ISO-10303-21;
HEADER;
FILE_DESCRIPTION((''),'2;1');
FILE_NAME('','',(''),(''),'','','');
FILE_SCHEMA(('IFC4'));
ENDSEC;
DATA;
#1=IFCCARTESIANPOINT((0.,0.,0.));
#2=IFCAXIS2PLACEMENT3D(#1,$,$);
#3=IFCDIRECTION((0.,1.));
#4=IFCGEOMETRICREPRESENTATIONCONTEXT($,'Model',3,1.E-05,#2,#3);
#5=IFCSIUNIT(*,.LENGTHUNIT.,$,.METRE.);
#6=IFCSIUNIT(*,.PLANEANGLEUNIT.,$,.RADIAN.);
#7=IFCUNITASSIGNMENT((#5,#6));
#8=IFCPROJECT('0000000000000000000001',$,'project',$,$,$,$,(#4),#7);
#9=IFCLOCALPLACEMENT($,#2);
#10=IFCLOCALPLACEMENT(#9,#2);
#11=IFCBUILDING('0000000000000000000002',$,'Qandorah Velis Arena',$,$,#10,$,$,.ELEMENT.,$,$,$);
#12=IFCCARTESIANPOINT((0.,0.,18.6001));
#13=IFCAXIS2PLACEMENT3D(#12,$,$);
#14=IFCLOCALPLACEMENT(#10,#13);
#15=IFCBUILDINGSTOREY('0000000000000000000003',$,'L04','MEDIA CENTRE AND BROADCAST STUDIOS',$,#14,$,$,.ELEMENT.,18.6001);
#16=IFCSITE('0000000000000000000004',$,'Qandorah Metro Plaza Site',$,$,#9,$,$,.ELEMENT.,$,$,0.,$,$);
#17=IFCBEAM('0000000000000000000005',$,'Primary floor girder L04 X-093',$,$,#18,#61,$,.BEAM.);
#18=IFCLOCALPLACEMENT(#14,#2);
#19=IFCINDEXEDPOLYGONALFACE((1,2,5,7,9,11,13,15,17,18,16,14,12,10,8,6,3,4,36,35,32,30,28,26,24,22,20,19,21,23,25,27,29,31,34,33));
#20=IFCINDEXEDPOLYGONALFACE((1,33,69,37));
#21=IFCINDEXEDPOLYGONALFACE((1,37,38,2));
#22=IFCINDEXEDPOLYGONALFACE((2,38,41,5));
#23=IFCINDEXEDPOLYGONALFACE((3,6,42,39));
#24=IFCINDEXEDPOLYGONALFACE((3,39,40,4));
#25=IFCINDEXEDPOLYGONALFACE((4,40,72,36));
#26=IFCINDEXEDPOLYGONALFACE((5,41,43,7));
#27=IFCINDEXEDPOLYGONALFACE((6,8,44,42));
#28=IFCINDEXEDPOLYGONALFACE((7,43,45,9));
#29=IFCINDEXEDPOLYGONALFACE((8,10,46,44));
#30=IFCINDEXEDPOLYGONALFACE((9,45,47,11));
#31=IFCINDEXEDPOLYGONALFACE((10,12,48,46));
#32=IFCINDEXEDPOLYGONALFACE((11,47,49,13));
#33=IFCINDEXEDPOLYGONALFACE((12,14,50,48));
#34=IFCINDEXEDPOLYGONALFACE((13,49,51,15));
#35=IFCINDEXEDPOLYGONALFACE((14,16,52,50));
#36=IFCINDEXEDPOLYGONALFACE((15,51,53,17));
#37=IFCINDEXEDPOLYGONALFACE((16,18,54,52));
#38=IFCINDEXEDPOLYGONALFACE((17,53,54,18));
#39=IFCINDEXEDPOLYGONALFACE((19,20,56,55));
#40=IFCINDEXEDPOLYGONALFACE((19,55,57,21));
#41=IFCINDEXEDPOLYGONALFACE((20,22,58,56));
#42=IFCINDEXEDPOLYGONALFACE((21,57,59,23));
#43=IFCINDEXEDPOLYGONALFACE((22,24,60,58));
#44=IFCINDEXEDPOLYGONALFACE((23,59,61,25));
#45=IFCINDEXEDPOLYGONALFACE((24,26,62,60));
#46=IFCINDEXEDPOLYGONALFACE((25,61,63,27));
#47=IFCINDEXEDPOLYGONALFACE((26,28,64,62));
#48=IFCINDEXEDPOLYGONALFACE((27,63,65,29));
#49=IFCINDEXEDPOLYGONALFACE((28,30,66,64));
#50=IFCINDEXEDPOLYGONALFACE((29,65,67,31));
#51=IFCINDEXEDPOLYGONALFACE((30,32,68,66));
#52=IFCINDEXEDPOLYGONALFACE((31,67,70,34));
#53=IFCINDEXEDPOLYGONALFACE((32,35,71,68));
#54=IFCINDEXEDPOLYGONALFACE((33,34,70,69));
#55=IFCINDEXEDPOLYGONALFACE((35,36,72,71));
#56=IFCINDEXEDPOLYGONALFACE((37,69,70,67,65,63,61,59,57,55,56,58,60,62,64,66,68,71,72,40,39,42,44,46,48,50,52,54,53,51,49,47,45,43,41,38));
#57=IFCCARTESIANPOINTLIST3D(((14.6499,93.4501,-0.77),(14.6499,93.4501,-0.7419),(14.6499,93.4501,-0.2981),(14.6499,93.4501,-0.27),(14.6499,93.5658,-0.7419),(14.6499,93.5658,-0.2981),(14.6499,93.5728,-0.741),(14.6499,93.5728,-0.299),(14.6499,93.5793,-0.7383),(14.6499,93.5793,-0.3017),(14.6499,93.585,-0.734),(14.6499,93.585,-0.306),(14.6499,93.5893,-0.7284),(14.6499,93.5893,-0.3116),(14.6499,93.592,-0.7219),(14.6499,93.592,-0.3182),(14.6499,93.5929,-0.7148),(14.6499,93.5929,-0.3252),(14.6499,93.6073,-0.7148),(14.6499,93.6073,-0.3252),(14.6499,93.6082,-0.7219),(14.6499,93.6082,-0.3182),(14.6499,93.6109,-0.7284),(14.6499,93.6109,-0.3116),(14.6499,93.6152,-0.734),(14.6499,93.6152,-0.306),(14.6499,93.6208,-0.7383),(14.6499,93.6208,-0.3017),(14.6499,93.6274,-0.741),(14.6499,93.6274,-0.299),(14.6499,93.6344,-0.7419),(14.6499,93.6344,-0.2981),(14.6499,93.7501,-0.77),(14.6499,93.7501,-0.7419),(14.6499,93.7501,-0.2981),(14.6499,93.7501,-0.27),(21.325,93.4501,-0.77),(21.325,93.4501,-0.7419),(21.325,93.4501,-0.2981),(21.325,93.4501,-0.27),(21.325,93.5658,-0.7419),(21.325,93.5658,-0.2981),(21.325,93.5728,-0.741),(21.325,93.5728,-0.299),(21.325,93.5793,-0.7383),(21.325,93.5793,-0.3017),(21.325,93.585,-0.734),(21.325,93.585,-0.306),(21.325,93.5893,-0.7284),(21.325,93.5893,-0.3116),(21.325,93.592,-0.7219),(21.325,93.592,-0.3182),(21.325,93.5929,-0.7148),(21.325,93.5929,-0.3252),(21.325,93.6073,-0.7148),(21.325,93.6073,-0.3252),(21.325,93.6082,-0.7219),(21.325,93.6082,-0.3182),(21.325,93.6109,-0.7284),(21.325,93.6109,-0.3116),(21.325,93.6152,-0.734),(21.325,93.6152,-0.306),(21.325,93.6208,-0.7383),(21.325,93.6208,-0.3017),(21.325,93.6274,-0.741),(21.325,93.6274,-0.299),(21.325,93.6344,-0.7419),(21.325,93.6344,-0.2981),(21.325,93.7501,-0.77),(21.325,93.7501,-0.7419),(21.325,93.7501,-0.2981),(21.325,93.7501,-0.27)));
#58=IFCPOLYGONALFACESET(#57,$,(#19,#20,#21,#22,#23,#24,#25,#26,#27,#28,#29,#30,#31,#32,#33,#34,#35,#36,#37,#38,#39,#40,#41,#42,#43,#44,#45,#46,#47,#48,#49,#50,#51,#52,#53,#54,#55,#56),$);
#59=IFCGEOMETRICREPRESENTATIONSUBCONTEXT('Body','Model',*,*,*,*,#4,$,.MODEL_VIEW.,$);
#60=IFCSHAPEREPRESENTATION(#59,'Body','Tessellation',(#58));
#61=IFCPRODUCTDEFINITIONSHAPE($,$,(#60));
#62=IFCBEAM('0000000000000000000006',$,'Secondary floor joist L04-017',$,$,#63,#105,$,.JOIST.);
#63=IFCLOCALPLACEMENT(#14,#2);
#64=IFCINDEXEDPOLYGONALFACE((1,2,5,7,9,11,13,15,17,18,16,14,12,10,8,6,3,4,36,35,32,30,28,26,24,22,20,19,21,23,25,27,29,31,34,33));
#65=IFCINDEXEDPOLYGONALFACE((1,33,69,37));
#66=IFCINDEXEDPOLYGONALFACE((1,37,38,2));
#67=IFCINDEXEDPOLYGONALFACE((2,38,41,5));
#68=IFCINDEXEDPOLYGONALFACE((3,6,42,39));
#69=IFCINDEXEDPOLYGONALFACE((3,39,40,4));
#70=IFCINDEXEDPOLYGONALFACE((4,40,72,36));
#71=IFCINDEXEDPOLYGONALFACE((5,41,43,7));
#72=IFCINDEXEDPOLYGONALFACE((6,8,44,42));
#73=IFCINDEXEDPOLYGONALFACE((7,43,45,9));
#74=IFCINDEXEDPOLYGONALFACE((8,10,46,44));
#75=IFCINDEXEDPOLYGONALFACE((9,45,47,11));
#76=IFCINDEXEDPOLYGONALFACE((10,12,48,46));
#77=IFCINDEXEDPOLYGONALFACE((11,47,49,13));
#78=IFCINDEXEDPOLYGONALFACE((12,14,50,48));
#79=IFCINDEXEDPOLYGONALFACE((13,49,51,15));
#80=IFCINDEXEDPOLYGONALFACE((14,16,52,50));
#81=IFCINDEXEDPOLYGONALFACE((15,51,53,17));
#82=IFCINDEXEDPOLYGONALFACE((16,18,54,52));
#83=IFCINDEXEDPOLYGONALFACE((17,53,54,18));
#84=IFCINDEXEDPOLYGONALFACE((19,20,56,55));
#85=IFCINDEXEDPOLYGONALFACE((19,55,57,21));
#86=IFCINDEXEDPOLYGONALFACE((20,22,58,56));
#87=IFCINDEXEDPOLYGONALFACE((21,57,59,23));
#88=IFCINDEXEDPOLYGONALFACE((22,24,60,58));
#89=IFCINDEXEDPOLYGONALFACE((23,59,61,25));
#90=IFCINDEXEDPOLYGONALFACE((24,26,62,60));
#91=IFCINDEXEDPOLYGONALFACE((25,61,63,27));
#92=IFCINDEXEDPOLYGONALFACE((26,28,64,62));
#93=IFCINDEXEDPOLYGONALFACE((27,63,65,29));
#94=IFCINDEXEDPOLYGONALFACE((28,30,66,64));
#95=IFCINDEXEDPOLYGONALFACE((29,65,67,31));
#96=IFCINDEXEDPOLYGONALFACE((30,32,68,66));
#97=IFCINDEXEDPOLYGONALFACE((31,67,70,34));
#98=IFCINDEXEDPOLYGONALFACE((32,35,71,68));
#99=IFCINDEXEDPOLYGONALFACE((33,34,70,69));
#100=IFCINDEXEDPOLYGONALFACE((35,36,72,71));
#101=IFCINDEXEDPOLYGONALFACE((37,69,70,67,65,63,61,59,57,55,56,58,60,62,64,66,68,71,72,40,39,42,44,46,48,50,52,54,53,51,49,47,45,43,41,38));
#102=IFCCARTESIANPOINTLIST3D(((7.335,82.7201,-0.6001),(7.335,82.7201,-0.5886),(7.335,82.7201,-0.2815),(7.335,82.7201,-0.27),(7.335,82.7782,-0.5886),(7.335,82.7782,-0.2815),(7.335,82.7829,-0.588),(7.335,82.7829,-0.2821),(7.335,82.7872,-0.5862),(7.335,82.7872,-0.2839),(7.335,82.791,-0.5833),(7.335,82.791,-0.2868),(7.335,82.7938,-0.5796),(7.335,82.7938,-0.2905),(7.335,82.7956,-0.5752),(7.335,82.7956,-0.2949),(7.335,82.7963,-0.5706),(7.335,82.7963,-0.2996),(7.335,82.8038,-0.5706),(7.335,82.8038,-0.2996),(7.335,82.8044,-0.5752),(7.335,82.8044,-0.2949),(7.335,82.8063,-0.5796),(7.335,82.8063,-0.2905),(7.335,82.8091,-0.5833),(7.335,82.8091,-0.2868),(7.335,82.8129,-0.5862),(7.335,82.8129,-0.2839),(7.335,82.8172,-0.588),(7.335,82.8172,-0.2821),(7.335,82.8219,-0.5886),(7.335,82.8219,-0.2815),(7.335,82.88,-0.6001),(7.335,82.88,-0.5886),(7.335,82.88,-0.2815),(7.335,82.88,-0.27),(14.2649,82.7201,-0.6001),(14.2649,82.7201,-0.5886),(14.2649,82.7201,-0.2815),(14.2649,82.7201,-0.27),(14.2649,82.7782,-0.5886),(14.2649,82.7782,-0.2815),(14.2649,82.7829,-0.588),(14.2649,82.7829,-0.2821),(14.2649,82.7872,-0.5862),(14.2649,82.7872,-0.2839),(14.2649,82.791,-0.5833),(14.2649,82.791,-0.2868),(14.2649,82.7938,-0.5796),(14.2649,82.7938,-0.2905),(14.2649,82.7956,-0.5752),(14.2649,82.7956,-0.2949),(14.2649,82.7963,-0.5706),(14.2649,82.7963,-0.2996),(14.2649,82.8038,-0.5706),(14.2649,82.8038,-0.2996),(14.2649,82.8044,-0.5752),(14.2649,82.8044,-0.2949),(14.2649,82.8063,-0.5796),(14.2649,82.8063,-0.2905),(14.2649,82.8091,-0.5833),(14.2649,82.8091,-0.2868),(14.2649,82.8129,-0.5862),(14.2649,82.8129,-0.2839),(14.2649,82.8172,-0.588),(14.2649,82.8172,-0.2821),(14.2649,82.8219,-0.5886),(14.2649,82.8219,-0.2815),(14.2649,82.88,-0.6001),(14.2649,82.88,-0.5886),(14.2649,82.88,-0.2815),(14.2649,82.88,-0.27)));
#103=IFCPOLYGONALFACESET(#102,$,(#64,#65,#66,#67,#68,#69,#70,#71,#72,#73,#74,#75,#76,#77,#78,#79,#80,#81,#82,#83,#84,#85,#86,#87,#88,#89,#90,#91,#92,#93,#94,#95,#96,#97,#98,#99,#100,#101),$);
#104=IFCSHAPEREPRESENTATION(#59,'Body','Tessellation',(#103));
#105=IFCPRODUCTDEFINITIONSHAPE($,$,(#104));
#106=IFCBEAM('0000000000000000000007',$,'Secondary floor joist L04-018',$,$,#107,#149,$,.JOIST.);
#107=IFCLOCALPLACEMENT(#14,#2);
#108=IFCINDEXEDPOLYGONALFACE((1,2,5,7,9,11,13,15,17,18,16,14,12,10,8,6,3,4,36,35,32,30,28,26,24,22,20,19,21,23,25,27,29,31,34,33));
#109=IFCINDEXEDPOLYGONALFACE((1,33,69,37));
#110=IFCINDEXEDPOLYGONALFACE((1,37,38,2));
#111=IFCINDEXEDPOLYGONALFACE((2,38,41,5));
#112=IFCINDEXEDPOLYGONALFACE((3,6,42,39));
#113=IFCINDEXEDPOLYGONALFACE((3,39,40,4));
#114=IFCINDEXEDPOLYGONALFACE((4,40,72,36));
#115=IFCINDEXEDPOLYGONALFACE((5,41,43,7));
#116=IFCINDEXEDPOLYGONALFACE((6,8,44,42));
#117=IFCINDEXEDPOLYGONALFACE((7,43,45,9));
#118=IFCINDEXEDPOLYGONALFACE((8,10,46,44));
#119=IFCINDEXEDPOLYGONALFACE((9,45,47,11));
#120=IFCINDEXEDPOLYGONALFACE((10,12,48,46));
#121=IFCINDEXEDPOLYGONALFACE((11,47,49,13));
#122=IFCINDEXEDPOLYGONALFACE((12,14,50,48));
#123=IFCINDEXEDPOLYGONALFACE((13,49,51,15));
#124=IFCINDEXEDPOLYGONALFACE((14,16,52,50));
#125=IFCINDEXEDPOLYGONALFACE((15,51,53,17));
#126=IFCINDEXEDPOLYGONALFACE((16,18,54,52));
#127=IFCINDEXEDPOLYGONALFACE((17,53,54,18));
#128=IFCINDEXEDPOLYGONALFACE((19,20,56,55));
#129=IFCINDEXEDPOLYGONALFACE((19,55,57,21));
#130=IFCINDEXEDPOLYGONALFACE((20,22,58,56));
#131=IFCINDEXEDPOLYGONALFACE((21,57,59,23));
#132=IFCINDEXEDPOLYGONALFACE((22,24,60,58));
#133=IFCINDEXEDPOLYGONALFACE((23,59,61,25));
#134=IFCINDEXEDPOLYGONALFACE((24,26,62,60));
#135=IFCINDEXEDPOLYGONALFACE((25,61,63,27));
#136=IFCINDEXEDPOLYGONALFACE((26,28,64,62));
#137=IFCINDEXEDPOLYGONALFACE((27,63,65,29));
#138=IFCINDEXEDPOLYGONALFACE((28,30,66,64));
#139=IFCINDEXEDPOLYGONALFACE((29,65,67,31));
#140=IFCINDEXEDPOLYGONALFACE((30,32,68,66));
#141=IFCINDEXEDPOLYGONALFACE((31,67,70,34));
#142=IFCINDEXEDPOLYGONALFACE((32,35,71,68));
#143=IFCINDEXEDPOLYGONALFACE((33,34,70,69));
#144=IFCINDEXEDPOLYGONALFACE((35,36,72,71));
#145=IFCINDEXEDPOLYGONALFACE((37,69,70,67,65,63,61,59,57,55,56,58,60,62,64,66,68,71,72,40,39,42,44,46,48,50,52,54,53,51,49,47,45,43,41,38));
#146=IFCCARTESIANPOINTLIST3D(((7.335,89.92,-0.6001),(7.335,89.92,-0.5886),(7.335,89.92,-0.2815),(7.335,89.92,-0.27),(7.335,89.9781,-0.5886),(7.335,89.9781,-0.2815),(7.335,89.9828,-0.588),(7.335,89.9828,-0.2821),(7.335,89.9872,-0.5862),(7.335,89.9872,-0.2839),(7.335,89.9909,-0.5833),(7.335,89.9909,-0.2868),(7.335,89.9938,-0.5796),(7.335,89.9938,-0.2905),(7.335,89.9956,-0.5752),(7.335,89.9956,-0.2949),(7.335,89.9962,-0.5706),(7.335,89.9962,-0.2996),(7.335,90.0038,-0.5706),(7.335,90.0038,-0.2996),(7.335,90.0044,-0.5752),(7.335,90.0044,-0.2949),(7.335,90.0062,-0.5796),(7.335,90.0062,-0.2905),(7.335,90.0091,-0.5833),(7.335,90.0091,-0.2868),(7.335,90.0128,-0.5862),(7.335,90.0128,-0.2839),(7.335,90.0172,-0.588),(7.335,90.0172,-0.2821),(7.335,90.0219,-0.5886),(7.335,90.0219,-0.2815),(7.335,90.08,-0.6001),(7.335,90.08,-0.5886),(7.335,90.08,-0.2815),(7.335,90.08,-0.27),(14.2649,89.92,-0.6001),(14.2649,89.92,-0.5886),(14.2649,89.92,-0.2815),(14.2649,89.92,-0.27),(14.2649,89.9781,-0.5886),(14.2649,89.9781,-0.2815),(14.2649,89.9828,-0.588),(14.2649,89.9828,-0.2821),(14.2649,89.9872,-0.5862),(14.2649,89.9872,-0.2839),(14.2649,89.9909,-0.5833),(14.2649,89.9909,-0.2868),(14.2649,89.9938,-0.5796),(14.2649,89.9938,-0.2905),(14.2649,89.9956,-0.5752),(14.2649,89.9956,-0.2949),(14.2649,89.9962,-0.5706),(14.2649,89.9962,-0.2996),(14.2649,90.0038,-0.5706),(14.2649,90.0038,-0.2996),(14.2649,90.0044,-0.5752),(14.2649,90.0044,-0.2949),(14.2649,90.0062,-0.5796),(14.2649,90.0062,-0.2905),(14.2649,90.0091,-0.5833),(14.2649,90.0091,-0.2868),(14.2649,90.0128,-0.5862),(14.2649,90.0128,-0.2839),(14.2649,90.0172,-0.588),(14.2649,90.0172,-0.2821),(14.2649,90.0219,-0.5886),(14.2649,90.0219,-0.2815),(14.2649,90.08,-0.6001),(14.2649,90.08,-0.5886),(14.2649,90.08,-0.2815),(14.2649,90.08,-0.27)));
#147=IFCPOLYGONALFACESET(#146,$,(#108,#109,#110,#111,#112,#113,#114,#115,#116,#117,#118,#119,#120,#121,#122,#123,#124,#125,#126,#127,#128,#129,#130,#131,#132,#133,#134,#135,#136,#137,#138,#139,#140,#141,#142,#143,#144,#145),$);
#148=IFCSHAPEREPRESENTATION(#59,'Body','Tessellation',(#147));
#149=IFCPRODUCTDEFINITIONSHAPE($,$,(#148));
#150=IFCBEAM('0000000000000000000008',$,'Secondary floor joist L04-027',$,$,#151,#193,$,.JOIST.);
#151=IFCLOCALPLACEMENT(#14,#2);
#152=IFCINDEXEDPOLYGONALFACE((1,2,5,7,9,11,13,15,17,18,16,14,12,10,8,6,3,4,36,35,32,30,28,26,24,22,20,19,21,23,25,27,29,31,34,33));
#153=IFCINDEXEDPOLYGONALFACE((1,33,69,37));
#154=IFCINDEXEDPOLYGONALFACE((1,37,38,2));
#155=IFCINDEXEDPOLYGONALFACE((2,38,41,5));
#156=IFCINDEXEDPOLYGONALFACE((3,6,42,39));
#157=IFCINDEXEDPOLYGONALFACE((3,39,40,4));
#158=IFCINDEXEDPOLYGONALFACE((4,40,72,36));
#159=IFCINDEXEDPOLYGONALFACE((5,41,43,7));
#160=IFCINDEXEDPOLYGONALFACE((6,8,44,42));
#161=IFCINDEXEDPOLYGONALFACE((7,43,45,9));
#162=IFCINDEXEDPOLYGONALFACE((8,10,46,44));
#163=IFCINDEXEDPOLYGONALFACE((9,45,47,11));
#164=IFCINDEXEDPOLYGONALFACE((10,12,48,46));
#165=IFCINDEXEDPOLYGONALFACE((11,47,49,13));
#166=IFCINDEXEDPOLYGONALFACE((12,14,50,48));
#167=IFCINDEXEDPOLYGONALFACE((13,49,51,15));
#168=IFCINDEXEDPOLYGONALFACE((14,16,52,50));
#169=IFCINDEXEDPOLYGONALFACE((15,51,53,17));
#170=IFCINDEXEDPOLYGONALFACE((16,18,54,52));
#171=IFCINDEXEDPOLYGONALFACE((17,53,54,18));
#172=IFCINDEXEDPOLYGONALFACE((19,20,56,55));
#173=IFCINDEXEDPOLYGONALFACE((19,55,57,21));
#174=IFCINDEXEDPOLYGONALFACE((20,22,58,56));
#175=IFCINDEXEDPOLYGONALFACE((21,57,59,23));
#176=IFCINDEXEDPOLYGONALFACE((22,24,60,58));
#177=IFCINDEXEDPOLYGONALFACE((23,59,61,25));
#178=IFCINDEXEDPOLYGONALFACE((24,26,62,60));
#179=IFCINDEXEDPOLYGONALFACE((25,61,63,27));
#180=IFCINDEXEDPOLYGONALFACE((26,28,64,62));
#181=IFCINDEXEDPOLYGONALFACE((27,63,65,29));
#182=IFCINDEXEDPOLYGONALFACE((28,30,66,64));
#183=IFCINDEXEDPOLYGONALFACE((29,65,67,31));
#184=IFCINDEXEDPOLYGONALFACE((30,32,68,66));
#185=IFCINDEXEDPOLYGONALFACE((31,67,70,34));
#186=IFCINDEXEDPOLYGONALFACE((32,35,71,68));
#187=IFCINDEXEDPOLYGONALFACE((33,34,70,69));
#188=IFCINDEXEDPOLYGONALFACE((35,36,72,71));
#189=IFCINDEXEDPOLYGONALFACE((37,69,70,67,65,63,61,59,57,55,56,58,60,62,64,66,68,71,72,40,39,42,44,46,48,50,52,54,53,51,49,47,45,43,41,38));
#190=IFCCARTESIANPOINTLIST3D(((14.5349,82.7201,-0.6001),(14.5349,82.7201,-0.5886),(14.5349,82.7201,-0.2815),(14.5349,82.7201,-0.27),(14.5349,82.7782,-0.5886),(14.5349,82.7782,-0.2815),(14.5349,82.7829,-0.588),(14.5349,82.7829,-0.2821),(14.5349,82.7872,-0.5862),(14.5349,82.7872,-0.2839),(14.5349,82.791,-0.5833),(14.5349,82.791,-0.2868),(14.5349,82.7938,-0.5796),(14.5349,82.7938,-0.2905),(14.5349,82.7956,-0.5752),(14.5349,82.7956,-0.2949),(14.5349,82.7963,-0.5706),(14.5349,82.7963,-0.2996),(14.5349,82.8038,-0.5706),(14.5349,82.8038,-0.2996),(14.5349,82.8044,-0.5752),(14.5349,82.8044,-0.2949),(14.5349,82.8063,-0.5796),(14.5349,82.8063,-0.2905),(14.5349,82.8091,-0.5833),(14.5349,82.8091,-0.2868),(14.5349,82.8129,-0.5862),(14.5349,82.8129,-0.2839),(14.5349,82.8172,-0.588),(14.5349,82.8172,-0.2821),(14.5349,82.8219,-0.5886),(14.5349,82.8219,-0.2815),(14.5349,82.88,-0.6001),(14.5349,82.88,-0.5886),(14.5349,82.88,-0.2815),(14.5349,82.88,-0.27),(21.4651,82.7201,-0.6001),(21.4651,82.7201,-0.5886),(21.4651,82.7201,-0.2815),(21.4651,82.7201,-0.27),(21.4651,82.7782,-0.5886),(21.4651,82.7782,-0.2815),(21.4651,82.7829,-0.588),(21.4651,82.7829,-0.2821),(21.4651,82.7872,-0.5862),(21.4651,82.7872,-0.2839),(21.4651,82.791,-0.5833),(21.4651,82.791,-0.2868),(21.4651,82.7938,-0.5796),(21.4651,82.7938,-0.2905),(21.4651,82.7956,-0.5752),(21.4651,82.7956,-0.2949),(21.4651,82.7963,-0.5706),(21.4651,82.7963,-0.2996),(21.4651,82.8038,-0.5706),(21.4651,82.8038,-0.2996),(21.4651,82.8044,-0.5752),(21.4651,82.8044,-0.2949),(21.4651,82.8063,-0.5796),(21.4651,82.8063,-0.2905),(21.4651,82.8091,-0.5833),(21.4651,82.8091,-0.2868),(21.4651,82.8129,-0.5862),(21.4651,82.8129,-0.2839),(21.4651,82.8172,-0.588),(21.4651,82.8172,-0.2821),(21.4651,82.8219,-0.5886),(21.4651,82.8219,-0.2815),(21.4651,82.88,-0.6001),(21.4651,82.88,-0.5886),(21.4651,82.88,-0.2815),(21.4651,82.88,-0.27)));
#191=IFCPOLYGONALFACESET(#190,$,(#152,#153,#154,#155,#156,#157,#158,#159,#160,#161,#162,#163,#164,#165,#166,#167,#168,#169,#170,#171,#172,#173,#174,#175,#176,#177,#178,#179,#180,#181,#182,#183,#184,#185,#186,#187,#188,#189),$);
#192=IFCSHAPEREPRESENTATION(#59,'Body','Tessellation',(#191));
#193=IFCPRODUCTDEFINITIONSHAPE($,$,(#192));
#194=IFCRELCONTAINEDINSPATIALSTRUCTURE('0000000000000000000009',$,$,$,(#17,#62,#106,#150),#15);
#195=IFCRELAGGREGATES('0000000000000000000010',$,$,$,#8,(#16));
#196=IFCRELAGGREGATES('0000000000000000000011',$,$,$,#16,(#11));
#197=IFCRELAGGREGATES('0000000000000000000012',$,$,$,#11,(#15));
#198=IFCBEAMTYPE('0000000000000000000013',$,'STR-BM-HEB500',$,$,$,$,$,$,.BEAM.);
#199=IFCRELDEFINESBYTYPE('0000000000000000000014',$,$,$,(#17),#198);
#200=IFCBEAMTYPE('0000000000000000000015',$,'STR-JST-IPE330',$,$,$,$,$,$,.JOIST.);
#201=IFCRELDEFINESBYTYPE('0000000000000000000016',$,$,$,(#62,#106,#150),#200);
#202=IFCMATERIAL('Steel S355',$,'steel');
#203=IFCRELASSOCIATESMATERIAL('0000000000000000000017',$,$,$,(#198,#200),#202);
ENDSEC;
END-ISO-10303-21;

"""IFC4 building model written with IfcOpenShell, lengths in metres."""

from ifc_helpers import new_model, si_unit, direction, frame, origin, origin_2d, place, context, subcontext, project, spatial, i_section, extrude, material, material_profile, profile_set, type_object, element, save


model = new_model("IFC4")

# Units and contexts
model_context = context("Model", 3, precision=1e-05, world=origin(), true_north=direction((0.0, 1.0)))
body_context = subcontext(model_context, "Body", "Model", "MODEL_VIEW")
ifc_project = project(units=[si_unit("LENGTHUNIT", "METRE"), si_unit("PLANEANGLEUNIT", "RADIAN")], contexts=[model_context])

# Site, building, storey
site_placement = place(None, origin())
site = spatial("IfcSite", under=ifc_project, at=site_placement, Name="Qandorah Metro Plaza Site", CompositionType="ELEMENT", RefElevation=0.0)
building_placement = place(site_placement, origin())
building = spatial("IfcBuilding", under=site, at=building_placement, Name="Qandorah Velis Arena", CompositionType="ELEMENT")
storey_placement = place(building_placement, frame((0.0, 0.0, 18.6001)))
storey = spatial("IfcBuildingStorey", under=building, at=storey_placement, Name="L04", Description="MEDIA CENTRE AND BROADCAST STUDIOS", CompositionType="ELEMENT", Elevation=18.6001)

# Shared definitions
ifc_material_1 = material(Name="Steel S355", Category="steel")

# Beams
ifc_material_profile_1 = material_profile(ifc_material_1, i_section(OverallWidth=0.3, OverallDepth=0.5, WebThickness=0.0144, FlangeThickness=0.0281, FilletRadius=0.0271, at=origin_2d()), Name="HEB 500")
ifc_profile_set_1 = profile_set([ifc_material_profile_1], Name="Steel S355")
beam_type_1 = type_object("IfcBeamType", Name="STR-BM-HEB500", PredefinedType="BEAM", material=ifc_profile_set_1)
beam_1_placement = place(storey_placement, frame((14.6499, 93.6001, -0.52), z_axis=(1.0, 0.0, 0.0), x_axis=(0.0, 1.0, 0.0)))
element("IfcBeam", 1, at=beam_1_placement, inside=storey, type_object=beam_type_1, Name="Primary floor girder L04 X-093", PredefinedType="BEAM", context=body_context, shape_type="SweptSolid", body=[
    extrude(i_section(OverallWidth=0.3, OverallDepth=0.5, WebThickness=0.0144, FlangeThickness=0.0281, FilletRadius=0.0271, at=origin_2d()), origin(), (0.0, 0.0, 1.0), 6.675),
])
ifc_material_profile_2 = material_profile(ifc_material_1, i_section(OverallWidth=0.1599, OverallDepth=0.3301, WebThickness=0.0076, FlangeThickness=0.0115, FilletRadius=0.0181, at=origin_2d()), Name="IPE 330")
ifc_profile_set_2 = profile_set([ifc_material_profile_2], Name="Steel S355")
beam_type_2 = type_object("IfcBeamType", Name="STR-JST-IPE330", PredefinedType="JOIST", material=ifc_profile_set_2)
for number, where, z_axis, x_axis, name in (
    (2, (7.335, 82.8, -0.4351), (1.0, 0.0, 0.0), (0.0, 1.0, 0.0), "Secondary floor joist L04-017"),
    (3, (7.335, 90.0, -0.4351), (1.0, 0.0, 0.0), (0.0, 1.0, 0.0), "Secondary floor joist L04-018"),
):
    element("IfcBeam", number, at=place(storey_placement, frame(where, z_axis=z_axis, x_axis=x_axis)), inside=storey, type_object=beam_type_2, Name=name, PredefinedType="JOIST", context=body_context, shape_type="SweptSolid", body=[
        extrude(i_section(OverallWidth=0.1599, OverallDepth=0.3301, WebThickness=0.0076, FlangeThickness=0.0115, FilletRadius=0.0181, at=origin_2d()), origin(), (0.0, 0.0, 1.0), 6.9299),
    ])
for number, where, z_axis, x_axis, name in (
    (4, (14.5349, 82.8, -0.4351), (1.0, 0.0, 0.0), (0.0, 1.0, 0.0), "Secondary floor joist L04-027"),
):
    element("IfcBeam", number, at=place(storey_placement, frame(where, z_axis=z_axis, x_axis=x_axis)), inside=storey, type_object=beam_type_2, Name=name, PredefinedType="JOIST", context=body_context, shape_type="SweptSolid", body=[
        extrude(i_section(OverallWidth=0.1599, OverallDepth=0.3301, WebThickness=0.0076, FlangeThickness=0.0115, FilletRadius=0.0181, at=origin_2d()), origin(), (0.0, 0.0, 1.0), 6.9302),
    ])

save(model, "model.ifc")
